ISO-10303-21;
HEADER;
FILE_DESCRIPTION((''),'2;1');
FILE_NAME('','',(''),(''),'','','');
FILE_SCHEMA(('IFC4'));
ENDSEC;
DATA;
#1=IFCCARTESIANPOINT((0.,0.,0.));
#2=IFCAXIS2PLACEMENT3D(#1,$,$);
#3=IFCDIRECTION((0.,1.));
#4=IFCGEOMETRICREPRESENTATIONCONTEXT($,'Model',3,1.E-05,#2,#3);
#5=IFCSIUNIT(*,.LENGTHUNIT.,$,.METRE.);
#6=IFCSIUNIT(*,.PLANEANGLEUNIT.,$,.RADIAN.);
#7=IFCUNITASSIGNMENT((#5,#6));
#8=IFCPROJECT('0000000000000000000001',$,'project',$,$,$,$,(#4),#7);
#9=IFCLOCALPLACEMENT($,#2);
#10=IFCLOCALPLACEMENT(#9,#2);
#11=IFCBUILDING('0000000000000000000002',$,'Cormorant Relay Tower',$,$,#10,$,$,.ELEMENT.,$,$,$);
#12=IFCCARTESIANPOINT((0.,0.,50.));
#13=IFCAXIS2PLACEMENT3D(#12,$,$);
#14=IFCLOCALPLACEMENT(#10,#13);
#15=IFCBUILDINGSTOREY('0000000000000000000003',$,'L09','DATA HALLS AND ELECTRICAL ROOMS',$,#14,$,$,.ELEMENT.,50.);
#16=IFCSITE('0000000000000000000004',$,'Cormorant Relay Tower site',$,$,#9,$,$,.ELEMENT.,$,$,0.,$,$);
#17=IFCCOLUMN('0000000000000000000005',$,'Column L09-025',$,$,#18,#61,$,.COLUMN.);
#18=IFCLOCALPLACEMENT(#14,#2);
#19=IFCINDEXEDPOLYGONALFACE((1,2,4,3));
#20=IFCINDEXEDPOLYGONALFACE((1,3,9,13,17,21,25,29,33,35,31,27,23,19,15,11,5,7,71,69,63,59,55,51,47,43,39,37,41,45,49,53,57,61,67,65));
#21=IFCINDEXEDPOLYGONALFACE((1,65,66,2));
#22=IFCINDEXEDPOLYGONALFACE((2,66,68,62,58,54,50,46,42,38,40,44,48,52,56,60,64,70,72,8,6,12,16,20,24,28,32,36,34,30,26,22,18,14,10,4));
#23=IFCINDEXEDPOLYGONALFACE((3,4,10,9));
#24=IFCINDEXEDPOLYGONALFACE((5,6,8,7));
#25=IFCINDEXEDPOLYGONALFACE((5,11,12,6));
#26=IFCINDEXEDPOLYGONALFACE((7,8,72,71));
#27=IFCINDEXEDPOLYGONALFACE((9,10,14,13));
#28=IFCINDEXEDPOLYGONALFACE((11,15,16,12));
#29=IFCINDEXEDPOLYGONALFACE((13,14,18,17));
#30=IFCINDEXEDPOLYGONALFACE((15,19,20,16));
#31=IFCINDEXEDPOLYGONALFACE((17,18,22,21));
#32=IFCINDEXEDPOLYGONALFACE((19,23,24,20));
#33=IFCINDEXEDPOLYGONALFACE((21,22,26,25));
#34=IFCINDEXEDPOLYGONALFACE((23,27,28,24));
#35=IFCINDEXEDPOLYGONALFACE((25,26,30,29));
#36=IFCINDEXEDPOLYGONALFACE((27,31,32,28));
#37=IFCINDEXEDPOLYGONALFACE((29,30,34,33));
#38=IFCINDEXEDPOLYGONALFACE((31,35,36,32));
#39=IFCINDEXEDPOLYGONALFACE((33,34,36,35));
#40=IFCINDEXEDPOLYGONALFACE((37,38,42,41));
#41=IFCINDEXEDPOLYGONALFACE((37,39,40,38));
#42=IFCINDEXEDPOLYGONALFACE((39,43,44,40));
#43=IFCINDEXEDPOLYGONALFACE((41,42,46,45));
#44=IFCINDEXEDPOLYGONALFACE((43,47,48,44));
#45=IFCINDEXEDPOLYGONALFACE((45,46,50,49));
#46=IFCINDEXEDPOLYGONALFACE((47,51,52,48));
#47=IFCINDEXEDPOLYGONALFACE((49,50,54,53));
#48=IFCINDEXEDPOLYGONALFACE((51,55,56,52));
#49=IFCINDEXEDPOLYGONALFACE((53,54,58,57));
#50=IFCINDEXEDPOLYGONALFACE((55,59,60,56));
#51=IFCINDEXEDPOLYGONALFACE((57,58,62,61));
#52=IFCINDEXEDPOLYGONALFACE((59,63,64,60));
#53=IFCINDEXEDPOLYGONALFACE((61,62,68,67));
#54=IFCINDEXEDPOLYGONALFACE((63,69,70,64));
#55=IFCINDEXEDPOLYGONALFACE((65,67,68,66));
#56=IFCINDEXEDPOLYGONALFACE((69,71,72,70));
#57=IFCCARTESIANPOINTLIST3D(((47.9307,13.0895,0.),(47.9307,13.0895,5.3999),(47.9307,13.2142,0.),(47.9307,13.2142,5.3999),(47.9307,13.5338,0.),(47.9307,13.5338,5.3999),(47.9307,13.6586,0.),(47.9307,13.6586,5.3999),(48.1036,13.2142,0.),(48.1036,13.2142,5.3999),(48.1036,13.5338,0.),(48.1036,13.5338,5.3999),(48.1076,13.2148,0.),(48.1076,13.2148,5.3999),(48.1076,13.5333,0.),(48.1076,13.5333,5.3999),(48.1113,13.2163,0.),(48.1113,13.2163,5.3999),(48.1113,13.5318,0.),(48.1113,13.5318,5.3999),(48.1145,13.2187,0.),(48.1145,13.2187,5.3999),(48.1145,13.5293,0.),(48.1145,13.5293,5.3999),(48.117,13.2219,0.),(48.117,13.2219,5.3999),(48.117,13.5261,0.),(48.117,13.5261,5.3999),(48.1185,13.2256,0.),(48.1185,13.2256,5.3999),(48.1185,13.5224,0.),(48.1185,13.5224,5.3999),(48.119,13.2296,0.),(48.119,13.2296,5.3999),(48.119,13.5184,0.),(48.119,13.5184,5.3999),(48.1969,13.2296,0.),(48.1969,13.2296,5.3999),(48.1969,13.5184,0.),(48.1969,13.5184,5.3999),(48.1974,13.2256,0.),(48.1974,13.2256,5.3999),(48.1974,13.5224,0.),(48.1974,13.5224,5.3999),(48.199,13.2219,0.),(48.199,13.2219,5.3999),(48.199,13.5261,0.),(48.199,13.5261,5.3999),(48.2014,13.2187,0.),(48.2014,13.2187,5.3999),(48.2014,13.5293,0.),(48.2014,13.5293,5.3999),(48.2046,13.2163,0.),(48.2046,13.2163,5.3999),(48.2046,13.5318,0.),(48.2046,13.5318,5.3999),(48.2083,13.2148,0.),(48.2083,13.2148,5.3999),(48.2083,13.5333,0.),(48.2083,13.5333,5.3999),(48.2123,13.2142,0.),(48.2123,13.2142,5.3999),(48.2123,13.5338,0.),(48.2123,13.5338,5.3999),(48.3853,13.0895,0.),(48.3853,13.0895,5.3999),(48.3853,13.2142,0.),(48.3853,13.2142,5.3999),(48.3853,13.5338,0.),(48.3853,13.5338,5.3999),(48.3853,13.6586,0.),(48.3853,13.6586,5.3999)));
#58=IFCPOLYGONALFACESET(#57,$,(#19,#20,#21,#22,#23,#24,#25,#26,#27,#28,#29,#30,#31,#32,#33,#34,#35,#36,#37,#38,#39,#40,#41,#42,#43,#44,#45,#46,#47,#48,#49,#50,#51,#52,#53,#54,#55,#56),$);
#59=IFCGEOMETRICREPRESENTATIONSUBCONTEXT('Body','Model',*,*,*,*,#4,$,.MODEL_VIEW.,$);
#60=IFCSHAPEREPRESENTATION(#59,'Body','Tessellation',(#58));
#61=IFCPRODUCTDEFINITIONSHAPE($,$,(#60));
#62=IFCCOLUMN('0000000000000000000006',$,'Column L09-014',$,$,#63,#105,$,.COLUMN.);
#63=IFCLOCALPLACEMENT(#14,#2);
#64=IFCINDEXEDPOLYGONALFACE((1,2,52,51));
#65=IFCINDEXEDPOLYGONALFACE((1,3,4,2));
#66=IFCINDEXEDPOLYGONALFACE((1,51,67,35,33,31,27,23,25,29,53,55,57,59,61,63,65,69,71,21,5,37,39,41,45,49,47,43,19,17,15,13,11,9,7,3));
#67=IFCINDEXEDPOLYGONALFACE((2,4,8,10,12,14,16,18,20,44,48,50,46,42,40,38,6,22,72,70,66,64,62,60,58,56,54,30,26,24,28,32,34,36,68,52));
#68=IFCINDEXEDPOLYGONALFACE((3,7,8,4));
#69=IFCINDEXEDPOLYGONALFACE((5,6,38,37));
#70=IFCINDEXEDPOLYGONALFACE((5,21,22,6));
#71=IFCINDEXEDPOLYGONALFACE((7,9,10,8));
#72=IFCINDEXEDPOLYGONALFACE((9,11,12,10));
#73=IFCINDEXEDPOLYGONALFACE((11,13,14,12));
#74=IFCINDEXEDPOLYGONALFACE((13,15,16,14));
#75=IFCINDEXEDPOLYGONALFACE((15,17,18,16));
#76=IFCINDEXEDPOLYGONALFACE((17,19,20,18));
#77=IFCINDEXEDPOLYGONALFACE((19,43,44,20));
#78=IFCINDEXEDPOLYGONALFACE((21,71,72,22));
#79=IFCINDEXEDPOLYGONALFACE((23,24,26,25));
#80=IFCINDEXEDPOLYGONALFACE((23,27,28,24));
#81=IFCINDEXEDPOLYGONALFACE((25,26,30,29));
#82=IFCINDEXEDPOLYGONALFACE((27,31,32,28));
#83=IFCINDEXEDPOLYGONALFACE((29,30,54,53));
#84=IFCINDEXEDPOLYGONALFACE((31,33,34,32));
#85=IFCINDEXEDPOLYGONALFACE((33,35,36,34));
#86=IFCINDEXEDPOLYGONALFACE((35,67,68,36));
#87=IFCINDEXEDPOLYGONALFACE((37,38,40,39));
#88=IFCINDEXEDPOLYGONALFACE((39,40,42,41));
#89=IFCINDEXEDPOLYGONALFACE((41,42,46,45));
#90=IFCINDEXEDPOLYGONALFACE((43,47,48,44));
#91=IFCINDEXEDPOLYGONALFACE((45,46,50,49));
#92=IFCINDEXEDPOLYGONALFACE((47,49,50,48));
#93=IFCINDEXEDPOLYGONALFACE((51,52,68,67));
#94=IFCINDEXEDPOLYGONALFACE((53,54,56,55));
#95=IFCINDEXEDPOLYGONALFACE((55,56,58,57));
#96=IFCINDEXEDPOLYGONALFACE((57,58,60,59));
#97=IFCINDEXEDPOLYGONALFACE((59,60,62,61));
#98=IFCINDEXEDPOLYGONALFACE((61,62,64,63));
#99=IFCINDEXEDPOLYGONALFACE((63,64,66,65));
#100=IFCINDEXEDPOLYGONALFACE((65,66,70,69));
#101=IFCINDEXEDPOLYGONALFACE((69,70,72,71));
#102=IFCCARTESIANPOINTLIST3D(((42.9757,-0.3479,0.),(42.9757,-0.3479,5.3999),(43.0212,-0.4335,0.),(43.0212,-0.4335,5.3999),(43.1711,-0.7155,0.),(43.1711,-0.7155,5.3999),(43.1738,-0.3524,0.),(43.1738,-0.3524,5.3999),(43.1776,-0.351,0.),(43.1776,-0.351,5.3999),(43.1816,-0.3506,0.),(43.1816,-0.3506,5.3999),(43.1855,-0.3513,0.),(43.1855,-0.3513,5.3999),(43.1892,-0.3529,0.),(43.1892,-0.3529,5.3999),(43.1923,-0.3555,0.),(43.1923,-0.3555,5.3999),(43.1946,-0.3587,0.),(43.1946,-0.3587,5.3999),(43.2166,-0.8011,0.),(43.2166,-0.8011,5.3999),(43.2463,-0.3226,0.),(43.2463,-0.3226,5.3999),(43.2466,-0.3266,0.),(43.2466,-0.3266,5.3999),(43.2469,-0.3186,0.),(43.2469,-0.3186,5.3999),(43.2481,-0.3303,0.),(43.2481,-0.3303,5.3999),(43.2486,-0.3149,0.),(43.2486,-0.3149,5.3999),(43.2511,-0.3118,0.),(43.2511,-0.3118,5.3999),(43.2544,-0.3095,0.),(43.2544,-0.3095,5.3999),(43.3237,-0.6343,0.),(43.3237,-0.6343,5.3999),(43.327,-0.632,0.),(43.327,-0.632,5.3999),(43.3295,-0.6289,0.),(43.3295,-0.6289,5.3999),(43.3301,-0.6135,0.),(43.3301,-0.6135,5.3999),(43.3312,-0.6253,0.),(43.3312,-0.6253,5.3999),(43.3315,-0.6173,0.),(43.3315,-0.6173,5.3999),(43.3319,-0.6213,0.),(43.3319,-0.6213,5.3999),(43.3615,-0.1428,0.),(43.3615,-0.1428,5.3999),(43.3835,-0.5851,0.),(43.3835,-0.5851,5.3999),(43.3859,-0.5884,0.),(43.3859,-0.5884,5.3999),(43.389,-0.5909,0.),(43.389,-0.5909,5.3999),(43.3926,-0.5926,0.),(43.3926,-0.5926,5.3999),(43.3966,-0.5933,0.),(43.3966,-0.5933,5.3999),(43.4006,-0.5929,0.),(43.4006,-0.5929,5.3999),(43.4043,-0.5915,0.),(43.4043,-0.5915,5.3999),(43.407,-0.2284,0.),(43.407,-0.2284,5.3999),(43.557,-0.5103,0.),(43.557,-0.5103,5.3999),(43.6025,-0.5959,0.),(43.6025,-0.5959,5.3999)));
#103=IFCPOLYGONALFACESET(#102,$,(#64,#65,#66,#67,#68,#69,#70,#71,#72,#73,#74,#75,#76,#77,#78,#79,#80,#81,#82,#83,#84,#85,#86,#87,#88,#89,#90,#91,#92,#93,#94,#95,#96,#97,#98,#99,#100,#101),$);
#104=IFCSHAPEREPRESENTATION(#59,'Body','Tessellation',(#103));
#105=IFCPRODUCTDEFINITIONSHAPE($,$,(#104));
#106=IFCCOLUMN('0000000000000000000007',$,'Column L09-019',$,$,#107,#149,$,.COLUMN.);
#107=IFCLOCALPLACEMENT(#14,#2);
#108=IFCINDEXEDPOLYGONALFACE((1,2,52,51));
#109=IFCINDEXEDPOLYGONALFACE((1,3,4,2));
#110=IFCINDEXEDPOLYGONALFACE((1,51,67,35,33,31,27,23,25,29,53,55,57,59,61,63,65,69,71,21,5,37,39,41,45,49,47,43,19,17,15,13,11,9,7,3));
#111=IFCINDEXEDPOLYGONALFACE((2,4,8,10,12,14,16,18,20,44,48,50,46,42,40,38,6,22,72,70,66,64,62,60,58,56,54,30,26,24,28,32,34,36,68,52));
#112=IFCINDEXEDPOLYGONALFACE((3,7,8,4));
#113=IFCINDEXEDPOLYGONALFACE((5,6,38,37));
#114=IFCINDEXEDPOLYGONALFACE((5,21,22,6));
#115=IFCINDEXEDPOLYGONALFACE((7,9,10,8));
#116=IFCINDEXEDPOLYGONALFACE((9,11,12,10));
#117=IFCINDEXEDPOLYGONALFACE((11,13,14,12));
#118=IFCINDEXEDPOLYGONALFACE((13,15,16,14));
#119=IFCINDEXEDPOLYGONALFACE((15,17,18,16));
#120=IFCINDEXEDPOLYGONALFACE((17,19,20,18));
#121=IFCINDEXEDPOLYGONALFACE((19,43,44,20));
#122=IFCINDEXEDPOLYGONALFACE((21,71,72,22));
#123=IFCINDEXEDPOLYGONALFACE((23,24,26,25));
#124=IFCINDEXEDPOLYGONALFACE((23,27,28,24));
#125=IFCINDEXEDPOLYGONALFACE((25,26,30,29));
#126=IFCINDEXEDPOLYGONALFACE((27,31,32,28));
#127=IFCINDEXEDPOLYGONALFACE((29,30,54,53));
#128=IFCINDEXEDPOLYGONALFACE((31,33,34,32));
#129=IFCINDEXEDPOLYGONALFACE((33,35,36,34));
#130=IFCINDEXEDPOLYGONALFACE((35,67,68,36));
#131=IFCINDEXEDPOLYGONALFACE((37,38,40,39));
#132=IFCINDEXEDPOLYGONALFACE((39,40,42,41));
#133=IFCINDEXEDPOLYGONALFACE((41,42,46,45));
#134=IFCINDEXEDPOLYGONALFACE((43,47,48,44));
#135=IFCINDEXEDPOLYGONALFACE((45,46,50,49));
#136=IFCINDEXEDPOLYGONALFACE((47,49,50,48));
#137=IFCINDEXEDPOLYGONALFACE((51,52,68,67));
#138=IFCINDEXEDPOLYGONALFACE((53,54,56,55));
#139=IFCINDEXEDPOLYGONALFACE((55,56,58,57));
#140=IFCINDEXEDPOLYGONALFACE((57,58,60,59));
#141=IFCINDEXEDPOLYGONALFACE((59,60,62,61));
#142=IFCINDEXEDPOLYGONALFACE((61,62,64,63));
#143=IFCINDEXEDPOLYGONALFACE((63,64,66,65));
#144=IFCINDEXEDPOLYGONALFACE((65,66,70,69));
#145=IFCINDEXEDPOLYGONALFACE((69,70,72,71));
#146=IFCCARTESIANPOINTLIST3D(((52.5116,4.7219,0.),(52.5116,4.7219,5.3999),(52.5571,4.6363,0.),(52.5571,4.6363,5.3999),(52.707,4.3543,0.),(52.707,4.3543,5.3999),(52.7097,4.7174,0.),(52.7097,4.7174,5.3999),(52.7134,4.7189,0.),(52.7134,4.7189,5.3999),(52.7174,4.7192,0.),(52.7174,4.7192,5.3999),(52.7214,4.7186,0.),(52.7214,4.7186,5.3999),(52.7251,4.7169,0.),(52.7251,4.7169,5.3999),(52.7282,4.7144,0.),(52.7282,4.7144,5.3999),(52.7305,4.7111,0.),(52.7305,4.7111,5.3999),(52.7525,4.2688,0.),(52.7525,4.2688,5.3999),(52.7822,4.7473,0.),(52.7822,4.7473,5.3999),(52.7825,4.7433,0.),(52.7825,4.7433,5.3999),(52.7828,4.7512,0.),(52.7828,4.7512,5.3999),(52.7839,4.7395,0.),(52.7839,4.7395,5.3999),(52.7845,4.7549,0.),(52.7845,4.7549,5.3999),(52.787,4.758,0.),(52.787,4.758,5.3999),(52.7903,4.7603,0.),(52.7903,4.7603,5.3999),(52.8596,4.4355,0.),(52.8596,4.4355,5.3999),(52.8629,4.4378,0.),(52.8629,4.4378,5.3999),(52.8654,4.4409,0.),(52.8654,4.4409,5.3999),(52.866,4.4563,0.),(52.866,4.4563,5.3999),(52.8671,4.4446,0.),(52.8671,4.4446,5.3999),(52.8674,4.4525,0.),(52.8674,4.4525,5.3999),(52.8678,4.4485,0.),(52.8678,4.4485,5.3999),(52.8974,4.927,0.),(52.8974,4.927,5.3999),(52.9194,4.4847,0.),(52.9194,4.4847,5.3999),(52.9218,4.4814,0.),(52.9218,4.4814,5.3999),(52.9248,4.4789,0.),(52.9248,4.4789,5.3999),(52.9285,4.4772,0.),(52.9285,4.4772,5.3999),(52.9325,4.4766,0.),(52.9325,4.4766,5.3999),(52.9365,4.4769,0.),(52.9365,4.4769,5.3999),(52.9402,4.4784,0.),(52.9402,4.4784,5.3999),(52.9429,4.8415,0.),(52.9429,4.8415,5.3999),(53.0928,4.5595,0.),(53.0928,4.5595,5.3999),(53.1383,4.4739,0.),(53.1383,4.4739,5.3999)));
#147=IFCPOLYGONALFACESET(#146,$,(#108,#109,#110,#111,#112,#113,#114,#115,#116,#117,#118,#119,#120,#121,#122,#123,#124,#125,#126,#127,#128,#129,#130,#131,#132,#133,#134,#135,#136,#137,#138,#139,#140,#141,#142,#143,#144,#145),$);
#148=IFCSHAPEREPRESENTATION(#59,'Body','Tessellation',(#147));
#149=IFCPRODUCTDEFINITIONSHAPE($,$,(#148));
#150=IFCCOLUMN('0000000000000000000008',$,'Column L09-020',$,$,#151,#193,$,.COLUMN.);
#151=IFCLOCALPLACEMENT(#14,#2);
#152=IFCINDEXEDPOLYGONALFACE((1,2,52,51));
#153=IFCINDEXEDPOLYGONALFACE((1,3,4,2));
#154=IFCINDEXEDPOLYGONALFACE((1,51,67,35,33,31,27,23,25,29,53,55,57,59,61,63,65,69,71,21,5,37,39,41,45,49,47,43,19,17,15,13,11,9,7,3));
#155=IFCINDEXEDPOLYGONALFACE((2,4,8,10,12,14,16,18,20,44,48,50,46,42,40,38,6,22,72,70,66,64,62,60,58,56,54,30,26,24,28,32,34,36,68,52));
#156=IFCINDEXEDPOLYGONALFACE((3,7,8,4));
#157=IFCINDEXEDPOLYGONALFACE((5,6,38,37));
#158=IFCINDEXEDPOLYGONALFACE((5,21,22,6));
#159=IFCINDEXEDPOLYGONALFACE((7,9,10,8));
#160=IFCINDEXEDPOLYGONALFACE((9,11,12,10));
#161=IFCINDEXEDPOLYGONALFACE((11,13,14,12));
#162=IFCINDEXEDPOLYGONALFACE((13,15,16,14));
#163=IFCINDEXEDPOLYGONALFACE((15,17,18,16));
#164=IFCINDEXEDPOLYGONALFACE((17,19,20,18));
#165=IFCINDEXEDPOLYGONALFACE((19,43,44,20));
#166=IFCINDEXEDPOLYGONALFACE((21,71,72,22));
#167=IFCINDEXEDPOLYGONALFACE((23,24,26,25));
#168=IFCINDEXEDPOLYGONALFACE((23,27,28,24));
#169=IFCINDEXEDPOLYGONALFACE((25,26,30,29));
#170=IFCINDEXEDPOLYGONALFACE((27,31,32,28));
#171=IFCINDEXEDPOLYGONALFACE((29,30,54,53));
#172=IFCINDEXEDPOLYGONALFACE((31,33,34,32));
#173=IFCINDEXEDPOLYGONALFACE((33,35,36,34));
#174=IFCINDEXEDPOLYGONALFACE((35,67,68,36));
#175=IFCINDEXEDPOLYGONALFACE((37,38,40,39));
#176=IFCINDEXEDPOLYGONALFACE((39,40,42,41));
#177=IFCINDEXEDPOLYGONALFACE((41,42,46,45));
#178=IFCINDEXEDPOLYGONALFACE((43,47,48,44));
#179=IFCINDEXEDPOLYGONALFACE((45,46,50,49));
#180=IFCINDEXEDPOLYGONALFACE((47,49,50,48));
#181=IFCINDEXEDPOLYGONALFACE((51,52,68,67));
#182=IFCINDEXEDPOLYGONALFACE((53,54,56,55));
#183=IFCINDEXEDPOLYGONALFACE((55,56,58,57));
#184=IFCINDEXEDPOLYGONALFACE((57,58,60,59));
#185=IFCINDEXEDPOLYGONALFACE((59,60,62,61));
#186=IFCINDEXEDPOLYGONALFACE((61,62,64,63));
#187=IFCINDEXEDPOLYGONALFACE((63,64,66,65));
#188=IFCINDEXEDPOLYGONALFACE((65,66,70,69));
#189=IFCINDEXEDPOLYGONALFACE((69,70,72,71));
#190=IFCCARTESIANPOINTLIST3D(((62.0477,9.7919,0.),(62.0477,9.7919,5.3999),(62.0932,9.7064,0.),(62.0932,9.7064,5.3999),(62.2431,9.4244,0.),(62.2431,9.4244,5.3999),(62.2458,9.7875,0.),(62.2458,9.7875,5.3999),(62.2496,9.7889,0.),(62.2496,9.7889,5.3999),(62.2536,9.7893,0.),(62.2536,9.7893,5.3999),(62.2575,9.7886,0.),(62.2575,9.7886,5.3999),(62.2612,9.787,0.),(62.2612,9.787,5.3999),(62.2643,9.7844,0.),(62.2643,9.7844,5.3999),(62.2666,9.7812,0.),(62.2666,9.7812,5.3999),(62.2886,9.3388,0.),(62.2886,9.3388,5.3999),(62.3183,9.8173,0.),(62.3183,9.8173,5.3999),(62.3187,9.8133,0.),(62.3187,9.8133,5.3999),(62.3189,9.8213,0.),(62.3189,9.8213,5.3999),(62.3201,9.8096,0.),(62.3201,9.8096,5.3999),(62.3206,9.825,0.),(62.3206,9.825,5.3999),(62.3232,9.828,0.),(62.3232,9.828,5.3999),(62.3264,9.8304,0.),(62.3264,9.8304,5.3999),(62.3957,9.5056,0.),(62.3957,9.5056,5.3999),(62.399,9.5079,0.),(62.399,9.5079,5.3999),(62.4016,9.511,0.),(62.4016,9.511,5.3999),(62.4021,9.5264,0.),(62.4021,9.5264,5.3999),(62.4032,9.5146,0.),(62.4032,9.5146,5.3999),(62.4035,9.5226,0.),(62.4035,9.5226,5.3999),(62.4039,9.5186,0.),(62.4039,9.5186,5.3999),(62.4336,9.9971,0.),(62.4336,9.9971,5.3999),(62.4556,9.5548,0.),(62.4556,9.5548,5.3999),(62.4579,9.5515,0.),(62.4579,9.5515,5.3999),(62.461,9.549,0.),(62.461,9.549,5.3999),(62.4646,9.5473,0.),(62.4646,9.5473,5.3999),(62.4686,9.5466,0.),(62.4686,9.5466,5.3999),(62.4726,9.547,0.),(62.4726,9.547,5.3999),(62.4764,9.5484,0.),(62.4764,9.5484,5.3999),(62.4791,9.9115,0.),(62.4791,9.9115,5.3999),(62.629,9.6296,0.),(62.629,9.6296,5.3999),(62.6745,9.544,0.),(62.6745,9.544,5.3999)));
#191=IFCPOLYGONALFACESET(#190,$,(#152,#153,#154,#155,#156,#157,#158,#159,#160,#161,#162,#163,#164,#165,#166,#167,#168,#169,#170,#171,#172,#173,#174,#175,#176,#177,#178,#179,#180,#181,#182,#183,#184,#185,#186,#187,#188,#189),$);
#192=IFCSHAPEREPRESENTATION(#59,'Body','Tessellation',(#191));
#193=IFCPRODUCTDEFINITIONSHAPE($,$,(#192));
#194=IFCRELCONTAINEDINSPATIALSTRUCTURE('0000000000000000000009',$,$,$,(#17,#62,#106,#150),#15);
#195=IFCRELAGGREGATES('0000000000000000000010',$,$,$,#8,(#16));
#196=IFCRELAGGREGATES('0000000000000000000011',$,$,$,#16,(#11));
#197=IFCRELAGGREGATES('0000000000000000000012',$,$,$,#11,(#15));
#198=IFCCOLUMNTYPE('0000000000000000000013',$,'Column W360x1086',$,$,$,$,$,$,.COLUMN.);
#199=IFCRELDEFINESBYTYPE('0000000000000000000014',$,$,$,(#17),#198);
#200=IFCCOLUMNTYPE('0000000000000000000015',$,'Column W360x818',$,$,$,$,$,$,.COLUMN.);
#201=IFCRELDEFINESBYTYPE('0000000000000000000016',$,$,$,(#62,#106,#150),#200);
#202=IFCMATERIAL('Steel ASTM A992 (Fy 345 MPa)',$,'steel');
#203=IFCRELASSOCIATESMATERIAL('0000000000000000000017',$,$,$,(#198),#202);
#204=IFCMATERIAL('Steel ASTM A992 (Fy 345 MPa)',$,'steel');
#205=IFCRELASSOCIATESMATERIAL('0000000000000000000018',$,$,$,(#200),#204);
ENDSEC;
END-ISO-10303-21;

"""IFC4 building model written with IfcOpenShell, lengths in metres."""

from ifc_helpers import new_model, si_unit, direction, frame, origin, origin_2d, place, context, subcontext, project, spatial, i_section, extrude, material, material_profile, profile_set, type_object, element, save


model = new_model("IFC4")

# Units and contexts
model_context = context("Model", 3, precision=1e-05, world=origin(), true_north=direction((0.0, 1.0)))
body_context = subcontext(model_context, "Body", "Model", "MODEL_VIEW")
ifc_project = project(units=[si_unit("LENGTHUNIT", "METRE"), si_unit("PLANEANGLEUNIT", "RADIAN")], contexts=[model_context])

# Site, building, storey
site_placement = place(None, origin())
site = spatial("IfcSite", under=ifc_project, at=site_placement, Name="Cormorant Relay Tower site", CompositionType="ELEMENT", RefElevation=0.0)
building_placement = place(site_placement, origin())
building = spatial("IfcBuilding", under=site, at=building_placement, Name="Cormorant Relay Tower", CompositionType="ELEMENT")
storey_placement = place(building_placement, frame((0.0, 0.0, 50.0)))
storey = spatial("IfcBuildingStorey", under=building, at=storey_placement, Name="L09", Description="DATA HALLS AND ELECTRICAL ROOMS", CompositionType="ELEMENT", Elevation=50.0)

# Columns
ifc_material_1 = material(Name="Steel ASTM A992 (Fy 345 MPa)", Category="steel")
ifc_material_profile_1 = material_profile(ifc_material_1, i_section(OverallWidth=0.4546, OverallDepth=0.5691, WebThickness=0.0779, FlangeThickness=0.1248, FilletRadius=0.0154, at=origin_2d()), Name="W360x1086")
ifc_profile_set_1 = profile_set([ifc_material_profile_1], Name="Steel ASTM A992 (Fy 345 MPa)")
column_type_1 = type_object("IfcColumnType", Name="Column W360x1086", PredefinedType="COLUMN", material=ifc_profile_set_1)
column_placement = place(storey_placement, frame((48.158, 13.374, 0.0), z_axis=(0.0, 0.0, 1.0), x_axis=(1.0, 0.0, 0.0)))
element("IfcColumn", 1, at=column_placement, inside=storey, type_object=column_type_1, Name="Column L09-025", PredefinedType="COLUMN", context=body_context, shape_type="SweptSolid", body=[
    extrude(i_section(OverallWidth=0.4546, OverallDepth=0.5691, WebThickness=0.0779, FlangeThickness=0.1248, FilletRadius=0.0154, at=origin_2d()), origin(), (0.0, 0.0, 1.0), 5.3999),
])
ifc_material_2 = material(Name="Steel ASTM A992 (Fy 345 MPa)", Category="steel")
ifc_material_profile_2 = material_profile(ifc_material_2, i_section(OverallWidth=0.437, OverallDepth=0.5132, WebThickness=0.0605, FlangeThickness=0.0969, FilletRadius=0.0154, at=origin_2d()), Name="W360x818")
ifc_profile_set_2 = profile_set([ifc_material_profile_2], Name="Steel ASTM A992 (Fy 345 MPa)")
column_type_2 = type_object("IfcColumnType", Name="Column W360x818", PredefinedType="COLUMN", material=ifc_profile_set_2)
for number, where, z_axis, x_axis, name in (
    (2, (43.2891, -0.4719, 0.0), (0.0, 0.0, 1.0), (0.882948, 0.469472, 0.0), "Column L09-014"),
    (3, (52.825, 4.5979, 0.0), (0.0, 0.0, 1.0), (0.882948, 0.469472, 0.0), "Column L09-019"),
    (4, (62.3611, 9.668, 0.0), (0.0, 0.0, 1.0), (0.882948, 0.469472, 0.0), "Column L09-020"),
):
    element("IfcColumn", number, at=place(storey_placement, frame(where, z_axis=z_axis, x_axis=x_axis)), inside=storey, type_object=column_type_2, Name=name, PredefinedType="COLUMN", context=body_context, shape_type="SweptSolid", body=[
        extrude(i_section(OverallWidth=0.437, OverallDepth=0.5132, WebThickness=0.0605, FlangeThickness=0.0969, FilletRadius=0.0154, at=origin_2d()), origin(), (0.0, 0.0, 1.0), 5.3999),
    ])

save(model, "model.ifc")
